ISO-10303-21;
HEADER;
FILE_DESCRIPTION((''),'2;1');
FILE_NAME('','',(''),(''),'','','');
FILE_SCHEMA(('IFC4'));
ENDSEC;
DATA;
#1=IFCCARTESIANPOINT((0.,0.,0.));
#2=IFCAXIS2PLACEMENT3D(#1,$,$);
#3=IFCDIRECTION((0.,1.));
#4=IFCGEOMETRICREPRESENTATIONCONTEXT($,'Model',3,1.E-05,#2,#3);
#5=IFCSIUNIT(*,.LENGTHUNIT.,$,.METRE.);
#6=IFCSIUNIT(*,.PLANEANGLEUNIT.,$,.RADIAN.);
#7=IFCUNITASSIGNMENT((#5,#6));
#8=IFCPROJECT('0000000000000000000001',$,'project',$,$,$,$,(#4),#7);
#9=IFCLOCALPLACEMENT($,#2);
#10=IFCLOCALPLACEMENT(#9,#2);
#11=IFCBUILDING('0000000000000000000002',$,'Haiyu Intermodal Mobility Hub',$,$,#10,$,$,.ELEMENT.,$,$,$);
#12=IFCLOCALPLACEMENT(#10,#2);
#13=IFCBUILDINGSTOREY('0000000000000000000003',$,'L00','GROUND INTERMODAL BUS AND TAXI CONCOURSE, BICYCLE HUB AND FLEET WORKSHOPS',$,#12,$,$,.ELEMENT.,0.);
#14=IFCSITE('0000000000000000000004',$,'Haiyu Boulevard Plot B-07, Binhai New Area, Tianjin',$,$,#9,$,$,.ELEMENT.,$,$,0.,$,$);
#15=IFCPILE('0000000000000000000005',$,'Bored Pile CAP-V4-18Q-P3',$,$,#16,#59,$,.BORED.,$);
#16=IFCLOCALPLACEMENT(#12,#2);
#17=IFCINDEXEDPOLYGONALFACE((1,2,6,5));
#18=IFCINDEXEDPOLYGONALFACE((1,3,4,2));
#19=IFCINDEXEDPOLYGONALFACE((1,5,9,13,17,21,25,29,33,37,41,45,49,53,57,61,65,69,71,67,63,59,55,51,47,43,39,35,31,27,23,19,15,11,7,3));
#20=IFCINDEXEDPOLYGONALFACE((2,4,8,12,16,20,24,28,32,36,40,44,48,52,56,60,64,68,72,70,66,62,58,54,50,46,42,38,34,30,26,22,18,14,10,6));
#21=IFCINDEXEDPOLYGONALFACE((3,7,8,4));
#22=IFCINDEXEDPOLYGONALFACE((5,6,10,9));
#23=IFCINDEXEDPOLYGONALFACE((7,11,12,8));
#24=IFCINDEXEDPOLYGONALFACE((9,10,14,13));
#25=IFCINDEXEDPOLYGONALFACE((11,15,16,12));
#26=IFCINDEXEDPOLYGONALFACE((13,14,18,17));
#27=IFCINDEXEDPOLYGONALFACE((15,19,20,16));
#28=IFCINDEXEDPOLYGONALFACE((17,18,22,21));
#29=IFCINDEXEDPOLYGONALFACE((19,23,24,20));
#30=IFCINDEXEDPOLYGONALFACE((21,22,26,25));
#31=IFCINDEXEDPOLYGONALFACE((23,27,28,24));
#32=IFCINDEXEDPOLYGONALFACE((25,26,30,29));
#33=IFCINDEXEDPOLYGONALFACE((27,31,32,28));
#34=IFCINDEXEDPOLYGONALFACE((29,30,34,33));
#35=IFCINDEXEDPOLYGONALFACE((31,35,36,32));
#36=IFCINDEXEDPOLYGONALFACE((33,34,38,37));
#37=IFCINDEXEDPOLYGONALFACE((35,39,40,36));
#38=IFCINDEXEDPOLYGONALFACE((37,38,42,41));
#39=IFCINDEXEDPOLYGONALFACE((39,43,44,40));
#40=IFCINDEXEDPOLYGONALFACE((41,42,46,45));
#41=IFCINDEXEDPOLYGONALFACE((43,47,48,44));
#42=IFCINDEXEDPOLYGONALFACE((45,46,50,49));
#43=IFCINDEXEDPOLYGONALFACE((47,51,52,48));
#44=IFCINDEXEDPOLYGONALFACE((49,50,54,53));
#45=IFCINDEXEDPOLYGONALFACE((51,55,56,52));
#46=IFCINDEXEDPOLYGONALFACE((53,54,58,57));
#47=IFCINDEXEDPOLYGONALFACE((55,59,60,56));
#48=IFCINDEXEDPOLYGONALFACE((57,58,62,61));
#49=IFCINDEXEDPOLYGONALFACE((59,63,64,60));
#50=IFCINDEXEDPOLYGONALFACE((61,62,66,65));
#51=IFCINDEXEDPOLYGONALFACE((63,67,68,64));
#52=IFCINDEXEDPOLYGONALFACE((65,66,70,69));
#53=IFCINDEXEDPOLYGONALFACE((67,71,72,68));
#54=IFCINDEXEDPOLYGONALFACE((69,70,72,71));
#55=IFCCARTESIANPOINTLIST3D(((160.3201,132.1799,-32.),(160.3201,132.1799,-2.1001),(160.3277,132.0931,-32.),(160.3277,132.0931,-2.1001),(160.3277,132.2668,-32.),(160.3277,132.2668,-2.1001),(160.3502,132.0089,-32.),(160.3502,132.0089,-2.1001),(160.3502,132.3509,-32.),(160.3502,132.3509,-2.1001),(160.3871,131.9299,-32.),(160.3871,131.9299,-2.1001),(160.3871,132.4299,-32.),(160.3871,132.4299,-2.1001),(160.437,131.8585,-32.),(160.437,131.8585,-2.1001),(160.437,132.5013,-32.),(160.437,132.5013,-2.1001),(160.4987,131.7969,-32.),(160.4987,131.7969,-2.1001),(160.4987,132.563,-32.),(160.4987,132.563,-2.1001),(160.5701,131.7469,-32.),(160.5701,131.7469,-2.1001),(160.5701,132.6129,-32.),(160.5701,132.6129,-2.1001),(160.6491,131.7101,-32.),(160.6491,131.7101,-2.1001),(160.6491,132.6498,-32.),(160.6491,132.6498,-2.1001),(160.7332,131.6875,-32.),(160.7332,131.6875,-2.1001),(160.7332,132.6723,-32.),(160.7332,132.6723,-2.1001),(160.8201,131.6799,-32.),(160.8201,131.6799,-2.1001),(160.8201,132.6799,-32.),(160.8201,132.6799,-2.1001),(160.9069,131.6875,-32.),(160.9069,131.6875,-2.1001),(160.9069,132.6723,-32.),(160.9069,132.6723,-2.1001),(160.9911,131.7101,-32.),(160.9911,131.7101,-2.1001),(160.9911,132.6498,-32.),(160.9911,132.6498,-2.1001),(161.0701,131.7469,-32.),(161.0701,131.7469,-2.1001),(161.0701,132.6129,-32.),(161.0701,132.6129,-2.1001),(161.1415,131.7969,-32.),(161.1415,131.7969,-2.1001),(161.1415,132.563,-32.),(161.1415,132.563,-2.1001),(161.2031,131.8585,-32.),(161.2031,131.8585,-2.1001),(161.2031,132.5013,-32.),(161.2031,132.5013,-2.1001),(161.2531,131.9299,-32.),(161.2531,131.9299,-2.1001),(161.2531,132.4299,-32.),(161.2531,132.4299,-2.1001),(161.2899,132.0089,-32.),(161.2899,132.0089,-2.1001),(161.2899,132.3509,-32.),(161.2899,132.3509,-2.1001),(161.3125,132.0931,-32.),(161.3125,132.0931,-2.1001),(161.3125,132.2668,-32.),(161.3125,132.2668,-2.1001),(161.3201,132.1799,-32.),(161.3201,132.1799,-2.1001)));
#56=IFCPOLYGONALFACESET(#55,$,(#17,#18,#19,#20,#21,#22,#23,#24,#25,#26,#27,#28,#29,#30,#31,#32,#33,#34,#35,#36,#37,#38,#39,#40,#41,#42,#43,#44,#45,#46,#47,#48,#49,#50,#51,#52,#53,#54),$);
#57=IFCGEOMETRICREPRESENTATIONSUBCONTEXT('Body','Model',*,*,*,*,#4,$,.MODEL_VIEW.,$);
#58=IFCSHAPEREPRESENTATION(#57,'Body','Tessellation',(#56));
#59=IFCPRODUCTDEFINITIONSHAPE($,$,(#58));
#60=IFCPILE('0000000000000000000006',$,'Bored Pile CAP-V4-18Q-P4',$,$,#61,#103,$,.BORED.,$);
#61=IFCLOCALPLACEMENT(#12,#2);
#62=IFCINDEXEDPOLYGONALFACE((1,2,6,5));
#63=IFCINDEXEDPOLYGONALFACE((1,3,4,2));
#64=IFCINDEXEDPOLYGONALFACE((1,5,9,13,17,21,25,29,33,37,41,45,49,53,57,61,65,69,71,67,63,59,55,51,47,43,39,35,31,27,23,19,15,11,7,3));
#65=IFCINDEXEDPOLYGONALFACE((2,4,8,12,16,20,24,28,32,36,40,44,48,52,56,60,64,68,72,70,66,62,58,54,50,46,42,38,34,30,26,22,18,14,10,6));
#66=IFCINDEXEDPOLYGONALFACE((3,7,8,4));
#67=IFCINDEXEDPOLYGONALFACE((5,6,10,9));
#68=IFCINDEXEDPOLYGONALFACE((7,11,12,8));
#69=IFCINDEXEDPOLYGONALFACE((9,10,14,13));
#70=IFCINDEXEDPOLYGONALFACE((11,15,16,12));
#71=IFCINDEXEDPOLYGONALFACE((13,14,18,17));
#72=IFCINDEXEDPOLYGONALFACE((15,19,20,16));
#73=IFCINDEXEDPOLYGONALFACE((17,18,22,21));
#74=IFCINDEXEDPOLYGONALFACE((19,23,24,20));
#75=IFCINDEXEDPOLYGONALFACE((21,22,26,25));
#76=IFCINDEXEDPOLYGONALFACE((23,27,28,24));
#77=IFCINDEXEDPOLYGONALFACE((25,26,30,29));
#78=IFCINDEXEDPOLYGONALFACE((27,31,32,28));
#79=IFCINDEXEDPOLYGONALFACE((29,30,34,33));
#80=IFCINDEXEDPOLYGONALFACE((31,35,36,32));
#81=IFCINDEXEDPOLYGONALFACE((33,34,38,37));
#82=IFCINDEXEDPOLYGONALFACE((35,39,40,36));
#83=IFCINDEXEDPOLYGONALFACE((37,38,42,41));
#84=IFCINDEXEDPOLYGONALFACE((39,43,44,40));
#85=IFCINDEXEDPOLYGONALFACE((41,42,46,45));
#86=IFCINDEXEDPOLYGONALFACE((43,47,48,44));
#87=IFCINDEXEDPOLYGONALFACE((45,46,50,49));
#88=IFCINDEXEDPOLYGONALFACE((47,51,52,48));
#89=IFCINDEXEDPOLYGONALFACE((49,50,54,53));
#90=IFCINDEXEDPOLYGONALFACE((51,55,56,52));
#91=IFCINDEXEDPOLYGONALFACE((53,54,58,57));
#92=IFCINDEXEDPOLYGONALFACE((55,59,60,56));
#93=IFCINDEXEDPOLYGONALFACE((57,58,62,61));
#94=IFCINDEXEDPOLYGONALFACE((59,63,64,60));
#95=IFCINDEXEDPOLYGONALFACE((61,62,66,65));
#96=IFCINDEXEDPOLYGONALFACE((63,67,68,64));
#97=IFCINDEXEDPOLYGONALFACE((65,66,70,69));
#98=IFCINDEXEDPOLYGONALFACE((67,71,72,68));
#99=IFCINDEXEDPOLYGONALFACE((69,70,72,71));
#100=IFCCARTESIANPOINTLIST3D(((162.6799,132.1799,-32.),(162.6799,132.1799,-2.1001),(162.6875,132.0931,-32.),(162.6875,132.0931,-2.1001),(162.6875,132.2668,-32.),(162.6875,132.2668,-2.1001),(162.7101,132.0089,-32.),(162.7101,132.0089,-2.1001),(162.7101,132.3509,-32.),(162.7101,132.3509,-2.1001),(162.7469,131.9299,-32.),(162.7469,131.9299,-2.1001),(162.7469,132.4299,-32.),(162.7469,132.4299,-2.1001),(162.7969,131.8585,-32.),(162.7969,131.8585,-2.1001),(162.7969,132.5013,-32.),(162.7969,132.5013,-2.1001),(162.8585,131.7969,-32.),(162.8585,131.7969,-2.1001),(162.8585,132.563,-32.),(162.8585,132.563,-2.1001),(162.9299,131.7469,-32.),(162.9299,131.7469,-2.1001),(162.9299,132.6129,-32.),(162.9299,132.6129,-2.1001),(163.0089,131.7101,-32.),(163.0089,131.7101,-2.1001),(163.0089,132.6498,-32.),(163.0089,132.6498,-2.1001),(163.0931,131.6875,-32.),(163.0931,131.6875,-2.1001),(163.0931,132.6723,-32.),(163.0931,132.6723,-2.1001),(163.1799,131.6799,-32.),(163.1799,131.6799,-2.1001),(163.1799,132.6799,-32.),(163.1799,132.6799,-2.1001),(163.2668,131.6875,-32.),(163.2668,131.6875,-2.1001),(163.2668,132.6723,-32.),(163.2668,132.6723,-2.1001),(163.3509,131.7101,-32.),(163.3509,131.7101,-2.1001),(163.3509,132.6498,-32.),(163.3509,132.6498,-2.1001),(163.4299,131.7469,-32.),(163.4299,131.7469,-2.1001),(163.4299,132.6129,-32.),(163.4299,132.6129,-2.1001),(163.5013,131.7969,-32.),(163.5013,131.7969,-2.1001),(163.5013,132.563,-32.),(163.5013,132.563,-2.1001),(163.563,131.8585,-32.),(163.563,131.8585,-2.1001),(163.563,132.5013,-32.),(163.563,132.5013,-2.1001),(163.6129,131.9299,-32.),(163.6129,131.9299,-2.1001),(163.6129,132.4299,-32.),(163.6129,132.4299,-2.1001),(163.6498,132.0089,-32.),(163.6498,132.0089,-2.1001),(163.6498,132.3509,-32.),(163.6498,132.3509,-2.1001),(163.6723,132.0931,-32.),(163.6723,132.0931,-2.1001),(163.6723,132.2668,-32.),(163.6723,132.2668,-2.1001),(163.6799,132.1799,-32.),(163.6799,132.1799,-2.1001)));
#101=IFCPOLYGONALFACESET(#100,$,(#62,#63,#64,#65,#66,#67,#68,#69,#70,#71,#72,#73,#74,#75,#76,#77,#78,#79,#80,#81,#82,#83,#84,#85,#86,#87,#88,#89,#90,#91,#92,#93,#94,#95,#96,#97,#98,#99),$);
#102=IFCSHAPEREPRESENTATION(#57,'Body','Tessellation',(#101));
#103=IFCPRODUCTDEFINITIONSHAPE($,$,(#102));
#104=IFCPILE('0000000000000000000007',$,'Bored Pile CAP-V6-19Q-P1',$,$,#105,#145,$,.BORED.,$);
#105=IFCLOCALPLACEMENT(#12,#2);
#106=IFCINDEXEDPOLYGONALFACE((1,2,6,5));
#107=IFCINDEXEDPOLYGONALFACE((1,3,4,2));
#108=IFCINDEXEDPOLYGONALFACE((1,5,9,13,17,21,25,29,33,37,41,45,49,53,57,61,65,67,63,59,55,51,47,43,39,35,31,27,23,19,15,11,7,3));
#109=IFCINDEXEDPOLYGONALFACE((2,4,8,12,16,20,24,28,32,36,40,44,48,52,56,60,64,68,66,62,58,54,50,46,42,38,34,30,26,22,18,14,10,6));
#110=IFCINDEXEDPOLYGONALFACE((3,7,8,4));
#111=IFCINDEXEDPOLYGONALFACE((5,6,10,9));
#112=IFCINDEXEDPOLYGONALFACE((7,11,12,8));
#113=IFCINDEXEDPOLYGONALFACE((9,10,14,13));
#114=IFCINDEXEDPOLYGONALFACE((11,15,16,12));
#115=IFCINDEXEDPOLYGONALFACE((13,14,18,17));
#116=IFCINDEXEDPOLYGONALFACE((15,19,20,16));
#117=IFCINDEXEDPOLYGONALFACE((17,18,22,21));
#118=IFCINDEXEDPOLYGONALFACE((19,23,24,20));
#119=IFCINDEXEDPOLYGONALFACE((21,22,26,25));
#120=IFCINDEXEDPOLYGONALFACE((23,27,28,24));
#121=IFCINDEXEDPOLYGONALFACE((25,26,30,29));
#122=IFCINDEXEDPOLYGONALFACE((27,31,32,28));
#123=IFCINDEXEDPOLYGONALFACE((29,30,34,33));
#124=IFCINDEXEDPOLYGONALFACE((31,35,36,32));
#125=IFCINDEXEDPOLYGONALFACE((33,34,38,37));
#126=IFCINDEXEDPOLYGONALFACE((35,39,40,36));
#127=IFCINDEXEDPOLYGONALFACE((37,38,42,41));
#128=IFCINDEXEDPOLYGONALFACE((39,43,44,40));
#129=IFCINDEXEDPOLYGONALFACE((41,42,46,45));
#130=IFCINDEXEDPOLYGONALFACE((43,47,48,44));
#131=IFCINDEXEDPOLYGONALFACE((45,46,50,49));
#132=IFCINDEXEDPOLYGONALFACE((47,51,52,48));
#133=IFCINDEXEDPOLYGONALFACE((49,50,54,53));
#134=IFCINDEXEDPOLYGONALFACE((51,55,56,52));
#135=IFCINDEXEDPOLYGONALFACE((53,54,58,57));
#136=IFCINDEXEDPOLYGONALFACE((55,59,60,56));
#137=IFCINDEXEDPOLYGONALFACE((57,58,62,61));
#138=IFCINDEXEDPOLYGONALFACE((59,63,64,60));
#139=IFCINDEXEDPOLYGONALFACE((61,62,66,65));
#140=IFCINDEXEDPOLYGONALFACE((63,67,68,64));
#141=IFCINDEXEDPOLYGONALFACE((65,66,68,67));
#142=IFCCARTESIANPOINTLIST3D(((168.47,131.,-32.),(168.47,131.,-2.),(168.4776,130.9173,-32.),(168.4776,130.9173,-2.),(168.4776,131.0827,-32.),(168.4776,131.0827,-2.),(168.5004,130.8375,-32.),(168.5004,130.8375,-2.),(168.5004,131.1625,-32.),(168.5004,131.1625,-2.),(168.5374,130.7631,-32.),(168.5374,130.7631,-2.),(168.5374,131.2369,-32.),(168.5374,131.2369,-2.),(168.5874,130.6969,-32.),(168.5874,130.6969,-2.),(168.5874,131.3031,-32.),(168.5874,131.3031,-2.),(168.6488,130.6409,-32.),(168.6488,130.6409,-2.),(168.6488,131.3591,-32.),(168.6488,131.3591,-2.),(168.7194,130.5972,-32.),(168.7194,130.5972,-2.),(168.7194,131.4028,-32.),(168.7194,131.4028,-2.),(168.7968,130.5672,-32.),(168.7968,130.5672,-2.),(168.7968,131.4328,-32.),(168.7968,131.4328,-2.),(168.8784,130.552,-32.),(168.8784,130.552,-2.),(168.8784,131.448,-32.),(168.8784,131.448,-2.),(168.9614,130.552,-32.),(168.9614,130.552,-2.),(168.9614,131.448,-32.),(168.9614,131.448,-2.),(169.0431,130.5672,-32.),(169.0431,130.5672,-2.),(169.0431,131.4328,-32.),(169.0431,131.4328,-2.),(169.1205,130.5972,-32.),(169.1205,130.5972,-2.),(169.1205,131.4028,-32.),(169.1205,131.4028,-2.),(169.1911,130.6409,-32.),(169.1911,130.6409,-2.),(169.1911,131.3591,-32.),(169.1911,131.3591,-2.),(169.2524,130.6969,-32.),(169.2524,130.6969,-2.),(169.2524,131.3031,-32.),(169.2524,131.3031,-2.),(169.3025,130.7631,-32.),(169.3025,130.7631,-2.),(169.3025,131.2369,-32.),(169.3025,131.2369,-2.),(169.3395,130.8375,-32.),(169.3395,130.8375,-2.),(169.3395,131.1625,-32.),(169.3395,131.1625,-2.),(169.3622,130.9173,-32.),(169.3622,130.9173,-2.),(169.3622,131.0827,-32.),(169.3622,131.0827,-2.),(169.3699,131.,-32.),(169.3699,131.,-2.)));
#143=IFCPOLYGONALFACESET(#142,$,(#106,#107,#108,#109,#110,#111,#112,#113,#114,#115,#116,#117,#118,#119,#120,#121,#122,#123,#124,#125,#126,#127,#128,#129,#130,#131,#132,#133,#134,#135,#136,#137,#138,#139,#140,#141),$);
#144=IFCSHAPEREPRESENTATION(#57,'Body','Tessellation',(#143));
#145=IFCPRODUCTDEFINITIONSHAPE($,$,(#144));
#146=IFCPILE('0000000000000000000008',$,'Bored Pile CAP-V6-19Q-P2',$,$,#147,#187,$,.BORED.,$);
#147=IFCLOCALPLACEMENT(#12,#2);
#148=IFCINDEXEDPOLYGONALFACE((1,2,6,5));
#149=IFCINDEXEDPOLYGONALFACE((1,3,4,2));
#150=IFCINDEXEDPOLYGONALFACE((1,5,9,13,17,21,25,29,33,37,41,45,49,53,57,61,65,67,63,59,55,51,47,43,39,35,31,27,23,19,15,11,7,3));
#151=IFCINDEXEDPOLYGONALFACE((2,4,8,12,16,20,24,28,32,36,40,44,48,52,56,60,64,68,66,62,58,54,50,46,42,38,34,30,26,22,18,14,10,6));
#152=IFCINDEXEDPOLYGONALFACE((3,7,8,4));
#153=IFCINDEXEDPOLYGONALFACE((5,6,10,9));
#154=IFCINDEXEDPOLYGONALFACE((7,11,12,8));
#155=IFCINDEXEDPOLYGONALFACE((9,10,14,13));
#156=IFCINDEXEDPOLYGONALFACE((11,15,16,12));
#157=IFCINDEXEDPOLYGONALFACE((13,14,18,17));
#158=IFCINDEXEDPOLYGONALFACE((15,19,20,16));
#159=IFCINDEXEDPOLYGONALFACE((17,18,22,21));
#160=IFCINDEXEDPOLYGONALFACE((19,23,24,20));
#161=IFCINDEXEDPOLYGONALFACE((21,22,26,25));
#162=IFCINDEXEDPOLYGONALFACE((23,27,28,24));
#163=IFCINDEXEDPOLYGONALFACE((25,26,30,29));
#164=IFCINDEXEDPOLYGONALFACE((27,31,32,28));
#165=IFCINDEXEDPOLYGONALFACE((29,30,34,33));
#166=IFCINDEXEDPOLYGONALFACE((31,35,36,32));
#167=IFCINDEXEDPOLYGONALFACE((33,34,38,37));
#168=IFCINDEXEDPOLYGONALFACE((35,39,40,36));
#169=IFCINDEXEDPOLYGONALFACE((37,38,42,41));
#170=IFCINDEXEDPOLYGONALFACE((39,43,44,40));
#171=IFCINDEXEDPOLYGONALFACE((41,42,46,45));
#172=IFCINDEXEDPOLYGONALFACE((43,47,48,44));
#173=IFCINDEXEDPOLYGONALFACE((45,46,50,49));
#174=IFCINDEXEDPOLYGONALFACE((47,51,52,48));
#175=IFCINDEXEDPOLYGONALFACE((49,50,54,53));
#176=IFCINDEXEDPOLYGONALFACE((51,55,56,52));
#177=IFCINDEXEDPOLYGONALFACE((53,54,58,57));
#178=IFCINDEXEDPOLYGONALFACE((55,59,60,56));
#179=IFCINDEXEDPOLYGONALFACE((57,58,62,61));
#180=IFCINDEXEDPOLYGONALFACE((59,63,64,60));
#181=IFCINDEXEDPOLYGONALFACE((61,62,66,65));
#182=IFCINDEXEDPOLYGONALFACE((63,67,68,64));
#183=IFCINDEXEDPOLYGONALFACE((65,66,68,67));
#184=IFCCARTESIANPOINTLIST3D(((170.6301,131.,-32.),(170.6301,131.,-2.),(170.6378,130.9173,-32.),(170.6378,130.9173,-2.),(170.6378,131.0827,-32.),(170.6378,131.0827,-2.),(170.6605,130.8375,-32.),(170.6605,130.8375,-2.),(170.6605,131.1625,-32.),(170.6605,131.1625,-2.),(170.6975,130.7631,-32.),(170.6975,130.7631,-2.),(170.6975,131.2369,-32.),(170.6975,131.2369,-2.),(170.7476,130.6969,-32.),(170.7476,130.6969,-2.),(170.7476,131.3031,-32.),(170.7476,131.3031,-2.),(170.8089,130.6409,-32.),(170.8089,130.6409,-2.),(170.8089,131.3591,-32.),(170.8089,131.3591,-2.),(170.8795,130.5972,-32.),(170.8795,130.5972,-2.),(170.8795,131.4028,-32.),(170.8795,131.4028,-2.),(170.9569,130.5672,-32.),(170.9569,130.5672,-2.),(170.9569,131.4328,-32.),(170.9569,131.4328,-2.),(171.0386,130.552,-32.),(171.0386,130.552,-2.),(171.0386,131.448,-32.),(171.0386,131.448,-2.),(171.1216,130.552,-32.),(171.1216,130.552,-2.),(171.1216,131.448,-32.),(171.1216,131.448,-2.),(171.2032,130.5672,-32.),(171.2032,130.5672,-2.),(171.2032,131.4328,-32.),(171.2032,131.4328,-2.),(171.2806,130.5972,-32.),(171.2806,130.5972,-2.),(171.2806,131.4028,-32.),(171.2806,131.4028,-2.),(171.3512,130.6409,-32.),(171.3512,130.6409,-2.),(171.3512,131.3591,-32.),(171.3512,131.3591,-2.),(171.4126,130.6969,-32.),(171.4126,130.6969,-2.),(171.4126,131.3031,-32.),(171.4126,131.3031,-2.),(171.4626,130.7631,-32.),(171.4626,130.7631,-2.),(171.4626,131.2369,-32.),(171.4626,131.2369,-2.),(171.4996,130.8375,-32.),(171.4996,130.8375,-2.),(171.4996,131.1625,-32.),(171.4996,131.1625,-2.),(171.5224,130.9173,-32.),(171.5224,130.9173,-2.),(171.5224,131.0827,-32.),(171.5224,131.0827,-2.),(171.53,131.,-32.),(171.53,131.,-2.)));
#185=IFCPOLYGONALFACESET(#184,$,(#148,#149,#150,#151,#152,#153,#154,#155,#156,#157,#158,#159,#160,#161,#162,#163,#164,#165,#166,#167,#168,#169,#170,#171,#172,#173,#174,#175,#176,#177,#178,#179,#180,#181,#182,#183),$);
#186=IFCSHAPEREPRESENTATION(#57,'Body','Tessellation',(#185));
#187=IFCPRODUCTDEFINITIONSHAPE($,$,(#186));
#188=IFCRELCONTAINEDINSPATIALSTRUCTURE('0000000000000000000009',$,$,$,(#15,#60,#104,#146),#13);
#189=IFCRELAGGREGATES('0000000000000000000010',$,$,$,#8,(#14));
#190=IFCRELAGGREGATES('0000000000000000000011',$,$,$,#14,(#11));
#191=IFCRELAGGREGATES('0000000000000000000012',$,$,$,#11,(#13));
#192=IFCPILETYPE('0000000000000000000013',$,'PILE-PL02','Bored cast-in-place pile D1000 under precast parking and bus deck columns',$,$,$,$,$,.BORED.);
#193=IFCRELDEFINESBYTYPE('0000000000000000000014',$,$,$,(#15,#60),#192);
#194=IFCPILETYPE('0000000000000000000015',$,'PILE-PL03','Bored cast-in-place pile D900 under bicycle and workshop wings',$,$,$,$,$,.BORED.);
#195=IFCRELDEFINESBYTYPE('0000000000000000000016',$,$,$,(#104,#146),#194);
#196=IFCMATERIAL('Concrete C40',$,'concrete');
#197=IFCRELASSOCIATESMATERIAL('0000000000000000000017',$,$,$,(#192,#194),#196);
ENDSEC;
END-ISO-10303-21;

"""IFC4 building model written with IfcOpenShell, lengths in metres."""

from ifc_helpers import new_model, si_unit, direction, frame, origin, origin_2d, place, context, subcontext, project, spatial, circle, extrude, material, material_profile, profile_set, type_object, element, save


model = new_model("IFC4")

# Units and contexts
model_context = context("Model", 3, precision=1e-05, world=origin(), true_north=direction((0.0, 1.0)))
body_context = subcontext(model_context, "Body", "Model", "MODEL_VIEW")
ifc_project = project(units=[si_unit("LENGTHUNIT", "METRE"), si_unit("PLANEANGLEUNIT", "RADIAN")], contexts=[model_context])

# Site, building, storey
site_placement = place(None, origin())
site = spatial("IfcSite", under=ifc_project, at=site_placement, Name="Haiyu Boulevard Plot B-07, Binhai New Area, Tianjin", CompositionType="ELEMENT", RefElevation=0.0)
building_placement = place(site_placement, origin())
building = spatial("IfcBuilding", under=site, at=building_placement, Name="Haiyu Intermodal Mobility Hub", CompositionType="ELEMENT")
storey_placement = place(building_placement, origin())
storey = spatial("IfcBuildingStorey", under=building, at=storey_placement, Name="L00", Description="GROUND INTERMODAL BUS AND TAXI CONCOURSE, BICYCLE HUB AND FLEET WORKSHOPS", CompositionType="ELEMENT", Elevation=0.0)

# Shared definitions
ifc_material_1 = material(Name="Concrete C40", Category="concrete")

# Piles
ifc_material_profile_1 = material_profile(ifc_material_1, circle(Radius=0.5, at=origin_2d()), Name="PILE-D1000")
ifc_profile_set_1 = profile_set([ifc_material_profile_1], Name="Concrete C40")
pile_type_1 = type_object("IfcPileType", Name="PILE-PL02", Description="Bored cast-in-place pile D1000 under precast parking and bus deck columns", PredefinedType="BORED", material=ifc_profile_set_1)
for number, where, z_axis, x_axis, name in (
    (1, (160.8201, 132.1799, -2.1001), (0.0, 0.0, -1.0), (1.0, 0.0, 0.0), "Bored Pile CAP-V4-18Q-P3"),
    (2, (163.1799, 132.1799, -2.1001), (0.0, 0.0, -1.0), (1.0, 0.0, 0.0), "Bored Pile CAP-V4-18Q-P4"),
):
    element("IfcPile", number, at=place(storey_placement, frame(where, z_axis=z_axis, x_axis=x_axis)), inside=storey, type_object=pile_type_1, Name=name, PredefinedType="BORED", context=body_context, shape_type="SweptSolid", body=[
        extrude(circle(Radius=0.5, at=origin_2d()), origin(), (0.0, 0.0, 1.0), 29.8999),
    ])
ifc_material_profile_2 = material_profile(ifc_material_1, circle(Radius=0.45, at=origin_2d()), Name="PILE-D900")
ifc_profile_set_2 = profile_set([ifc_material_profile_2], Name="Concrete C40")
pile_type_2 = type_object("IfcPileType", Name="PILE-PL03", Description="Bored cast-in-place pile D900 under bicycle and workshop wings", PredefinedType="BORED", material=ifc_profile_set_2)
for number, where, z_axis, x_axis, name in (
    (3, (168.9199, 131.0, -2.0), (0.0, 0.0, -1.0), (1.0, 0.0, 0.0), "Bored Pile CAP-V6-19Q-P1"),
    (4, (171.0801, 131.0, -2.0), (0.0, 0.0, -1.0), (1.0, 0.0, 0.0), "Bored Pile CAP-V6-19Q-P2"),
):
    element("IfcPile", number, at=place(storey_placement, frame(where, z_axis=z_axis, x_axis=x_axis)), inside=storey, type_object=pile_type_2, Name=name, PredefinedType="BORED", context=body_context, shape_type="SweptSolid", body=[
        extrude(circle(Radius=0.45, at=origin_2d()), origin(), (0.0, 0.0, 1.0), 30.0),
    ])

save(model, "model.ifc")
